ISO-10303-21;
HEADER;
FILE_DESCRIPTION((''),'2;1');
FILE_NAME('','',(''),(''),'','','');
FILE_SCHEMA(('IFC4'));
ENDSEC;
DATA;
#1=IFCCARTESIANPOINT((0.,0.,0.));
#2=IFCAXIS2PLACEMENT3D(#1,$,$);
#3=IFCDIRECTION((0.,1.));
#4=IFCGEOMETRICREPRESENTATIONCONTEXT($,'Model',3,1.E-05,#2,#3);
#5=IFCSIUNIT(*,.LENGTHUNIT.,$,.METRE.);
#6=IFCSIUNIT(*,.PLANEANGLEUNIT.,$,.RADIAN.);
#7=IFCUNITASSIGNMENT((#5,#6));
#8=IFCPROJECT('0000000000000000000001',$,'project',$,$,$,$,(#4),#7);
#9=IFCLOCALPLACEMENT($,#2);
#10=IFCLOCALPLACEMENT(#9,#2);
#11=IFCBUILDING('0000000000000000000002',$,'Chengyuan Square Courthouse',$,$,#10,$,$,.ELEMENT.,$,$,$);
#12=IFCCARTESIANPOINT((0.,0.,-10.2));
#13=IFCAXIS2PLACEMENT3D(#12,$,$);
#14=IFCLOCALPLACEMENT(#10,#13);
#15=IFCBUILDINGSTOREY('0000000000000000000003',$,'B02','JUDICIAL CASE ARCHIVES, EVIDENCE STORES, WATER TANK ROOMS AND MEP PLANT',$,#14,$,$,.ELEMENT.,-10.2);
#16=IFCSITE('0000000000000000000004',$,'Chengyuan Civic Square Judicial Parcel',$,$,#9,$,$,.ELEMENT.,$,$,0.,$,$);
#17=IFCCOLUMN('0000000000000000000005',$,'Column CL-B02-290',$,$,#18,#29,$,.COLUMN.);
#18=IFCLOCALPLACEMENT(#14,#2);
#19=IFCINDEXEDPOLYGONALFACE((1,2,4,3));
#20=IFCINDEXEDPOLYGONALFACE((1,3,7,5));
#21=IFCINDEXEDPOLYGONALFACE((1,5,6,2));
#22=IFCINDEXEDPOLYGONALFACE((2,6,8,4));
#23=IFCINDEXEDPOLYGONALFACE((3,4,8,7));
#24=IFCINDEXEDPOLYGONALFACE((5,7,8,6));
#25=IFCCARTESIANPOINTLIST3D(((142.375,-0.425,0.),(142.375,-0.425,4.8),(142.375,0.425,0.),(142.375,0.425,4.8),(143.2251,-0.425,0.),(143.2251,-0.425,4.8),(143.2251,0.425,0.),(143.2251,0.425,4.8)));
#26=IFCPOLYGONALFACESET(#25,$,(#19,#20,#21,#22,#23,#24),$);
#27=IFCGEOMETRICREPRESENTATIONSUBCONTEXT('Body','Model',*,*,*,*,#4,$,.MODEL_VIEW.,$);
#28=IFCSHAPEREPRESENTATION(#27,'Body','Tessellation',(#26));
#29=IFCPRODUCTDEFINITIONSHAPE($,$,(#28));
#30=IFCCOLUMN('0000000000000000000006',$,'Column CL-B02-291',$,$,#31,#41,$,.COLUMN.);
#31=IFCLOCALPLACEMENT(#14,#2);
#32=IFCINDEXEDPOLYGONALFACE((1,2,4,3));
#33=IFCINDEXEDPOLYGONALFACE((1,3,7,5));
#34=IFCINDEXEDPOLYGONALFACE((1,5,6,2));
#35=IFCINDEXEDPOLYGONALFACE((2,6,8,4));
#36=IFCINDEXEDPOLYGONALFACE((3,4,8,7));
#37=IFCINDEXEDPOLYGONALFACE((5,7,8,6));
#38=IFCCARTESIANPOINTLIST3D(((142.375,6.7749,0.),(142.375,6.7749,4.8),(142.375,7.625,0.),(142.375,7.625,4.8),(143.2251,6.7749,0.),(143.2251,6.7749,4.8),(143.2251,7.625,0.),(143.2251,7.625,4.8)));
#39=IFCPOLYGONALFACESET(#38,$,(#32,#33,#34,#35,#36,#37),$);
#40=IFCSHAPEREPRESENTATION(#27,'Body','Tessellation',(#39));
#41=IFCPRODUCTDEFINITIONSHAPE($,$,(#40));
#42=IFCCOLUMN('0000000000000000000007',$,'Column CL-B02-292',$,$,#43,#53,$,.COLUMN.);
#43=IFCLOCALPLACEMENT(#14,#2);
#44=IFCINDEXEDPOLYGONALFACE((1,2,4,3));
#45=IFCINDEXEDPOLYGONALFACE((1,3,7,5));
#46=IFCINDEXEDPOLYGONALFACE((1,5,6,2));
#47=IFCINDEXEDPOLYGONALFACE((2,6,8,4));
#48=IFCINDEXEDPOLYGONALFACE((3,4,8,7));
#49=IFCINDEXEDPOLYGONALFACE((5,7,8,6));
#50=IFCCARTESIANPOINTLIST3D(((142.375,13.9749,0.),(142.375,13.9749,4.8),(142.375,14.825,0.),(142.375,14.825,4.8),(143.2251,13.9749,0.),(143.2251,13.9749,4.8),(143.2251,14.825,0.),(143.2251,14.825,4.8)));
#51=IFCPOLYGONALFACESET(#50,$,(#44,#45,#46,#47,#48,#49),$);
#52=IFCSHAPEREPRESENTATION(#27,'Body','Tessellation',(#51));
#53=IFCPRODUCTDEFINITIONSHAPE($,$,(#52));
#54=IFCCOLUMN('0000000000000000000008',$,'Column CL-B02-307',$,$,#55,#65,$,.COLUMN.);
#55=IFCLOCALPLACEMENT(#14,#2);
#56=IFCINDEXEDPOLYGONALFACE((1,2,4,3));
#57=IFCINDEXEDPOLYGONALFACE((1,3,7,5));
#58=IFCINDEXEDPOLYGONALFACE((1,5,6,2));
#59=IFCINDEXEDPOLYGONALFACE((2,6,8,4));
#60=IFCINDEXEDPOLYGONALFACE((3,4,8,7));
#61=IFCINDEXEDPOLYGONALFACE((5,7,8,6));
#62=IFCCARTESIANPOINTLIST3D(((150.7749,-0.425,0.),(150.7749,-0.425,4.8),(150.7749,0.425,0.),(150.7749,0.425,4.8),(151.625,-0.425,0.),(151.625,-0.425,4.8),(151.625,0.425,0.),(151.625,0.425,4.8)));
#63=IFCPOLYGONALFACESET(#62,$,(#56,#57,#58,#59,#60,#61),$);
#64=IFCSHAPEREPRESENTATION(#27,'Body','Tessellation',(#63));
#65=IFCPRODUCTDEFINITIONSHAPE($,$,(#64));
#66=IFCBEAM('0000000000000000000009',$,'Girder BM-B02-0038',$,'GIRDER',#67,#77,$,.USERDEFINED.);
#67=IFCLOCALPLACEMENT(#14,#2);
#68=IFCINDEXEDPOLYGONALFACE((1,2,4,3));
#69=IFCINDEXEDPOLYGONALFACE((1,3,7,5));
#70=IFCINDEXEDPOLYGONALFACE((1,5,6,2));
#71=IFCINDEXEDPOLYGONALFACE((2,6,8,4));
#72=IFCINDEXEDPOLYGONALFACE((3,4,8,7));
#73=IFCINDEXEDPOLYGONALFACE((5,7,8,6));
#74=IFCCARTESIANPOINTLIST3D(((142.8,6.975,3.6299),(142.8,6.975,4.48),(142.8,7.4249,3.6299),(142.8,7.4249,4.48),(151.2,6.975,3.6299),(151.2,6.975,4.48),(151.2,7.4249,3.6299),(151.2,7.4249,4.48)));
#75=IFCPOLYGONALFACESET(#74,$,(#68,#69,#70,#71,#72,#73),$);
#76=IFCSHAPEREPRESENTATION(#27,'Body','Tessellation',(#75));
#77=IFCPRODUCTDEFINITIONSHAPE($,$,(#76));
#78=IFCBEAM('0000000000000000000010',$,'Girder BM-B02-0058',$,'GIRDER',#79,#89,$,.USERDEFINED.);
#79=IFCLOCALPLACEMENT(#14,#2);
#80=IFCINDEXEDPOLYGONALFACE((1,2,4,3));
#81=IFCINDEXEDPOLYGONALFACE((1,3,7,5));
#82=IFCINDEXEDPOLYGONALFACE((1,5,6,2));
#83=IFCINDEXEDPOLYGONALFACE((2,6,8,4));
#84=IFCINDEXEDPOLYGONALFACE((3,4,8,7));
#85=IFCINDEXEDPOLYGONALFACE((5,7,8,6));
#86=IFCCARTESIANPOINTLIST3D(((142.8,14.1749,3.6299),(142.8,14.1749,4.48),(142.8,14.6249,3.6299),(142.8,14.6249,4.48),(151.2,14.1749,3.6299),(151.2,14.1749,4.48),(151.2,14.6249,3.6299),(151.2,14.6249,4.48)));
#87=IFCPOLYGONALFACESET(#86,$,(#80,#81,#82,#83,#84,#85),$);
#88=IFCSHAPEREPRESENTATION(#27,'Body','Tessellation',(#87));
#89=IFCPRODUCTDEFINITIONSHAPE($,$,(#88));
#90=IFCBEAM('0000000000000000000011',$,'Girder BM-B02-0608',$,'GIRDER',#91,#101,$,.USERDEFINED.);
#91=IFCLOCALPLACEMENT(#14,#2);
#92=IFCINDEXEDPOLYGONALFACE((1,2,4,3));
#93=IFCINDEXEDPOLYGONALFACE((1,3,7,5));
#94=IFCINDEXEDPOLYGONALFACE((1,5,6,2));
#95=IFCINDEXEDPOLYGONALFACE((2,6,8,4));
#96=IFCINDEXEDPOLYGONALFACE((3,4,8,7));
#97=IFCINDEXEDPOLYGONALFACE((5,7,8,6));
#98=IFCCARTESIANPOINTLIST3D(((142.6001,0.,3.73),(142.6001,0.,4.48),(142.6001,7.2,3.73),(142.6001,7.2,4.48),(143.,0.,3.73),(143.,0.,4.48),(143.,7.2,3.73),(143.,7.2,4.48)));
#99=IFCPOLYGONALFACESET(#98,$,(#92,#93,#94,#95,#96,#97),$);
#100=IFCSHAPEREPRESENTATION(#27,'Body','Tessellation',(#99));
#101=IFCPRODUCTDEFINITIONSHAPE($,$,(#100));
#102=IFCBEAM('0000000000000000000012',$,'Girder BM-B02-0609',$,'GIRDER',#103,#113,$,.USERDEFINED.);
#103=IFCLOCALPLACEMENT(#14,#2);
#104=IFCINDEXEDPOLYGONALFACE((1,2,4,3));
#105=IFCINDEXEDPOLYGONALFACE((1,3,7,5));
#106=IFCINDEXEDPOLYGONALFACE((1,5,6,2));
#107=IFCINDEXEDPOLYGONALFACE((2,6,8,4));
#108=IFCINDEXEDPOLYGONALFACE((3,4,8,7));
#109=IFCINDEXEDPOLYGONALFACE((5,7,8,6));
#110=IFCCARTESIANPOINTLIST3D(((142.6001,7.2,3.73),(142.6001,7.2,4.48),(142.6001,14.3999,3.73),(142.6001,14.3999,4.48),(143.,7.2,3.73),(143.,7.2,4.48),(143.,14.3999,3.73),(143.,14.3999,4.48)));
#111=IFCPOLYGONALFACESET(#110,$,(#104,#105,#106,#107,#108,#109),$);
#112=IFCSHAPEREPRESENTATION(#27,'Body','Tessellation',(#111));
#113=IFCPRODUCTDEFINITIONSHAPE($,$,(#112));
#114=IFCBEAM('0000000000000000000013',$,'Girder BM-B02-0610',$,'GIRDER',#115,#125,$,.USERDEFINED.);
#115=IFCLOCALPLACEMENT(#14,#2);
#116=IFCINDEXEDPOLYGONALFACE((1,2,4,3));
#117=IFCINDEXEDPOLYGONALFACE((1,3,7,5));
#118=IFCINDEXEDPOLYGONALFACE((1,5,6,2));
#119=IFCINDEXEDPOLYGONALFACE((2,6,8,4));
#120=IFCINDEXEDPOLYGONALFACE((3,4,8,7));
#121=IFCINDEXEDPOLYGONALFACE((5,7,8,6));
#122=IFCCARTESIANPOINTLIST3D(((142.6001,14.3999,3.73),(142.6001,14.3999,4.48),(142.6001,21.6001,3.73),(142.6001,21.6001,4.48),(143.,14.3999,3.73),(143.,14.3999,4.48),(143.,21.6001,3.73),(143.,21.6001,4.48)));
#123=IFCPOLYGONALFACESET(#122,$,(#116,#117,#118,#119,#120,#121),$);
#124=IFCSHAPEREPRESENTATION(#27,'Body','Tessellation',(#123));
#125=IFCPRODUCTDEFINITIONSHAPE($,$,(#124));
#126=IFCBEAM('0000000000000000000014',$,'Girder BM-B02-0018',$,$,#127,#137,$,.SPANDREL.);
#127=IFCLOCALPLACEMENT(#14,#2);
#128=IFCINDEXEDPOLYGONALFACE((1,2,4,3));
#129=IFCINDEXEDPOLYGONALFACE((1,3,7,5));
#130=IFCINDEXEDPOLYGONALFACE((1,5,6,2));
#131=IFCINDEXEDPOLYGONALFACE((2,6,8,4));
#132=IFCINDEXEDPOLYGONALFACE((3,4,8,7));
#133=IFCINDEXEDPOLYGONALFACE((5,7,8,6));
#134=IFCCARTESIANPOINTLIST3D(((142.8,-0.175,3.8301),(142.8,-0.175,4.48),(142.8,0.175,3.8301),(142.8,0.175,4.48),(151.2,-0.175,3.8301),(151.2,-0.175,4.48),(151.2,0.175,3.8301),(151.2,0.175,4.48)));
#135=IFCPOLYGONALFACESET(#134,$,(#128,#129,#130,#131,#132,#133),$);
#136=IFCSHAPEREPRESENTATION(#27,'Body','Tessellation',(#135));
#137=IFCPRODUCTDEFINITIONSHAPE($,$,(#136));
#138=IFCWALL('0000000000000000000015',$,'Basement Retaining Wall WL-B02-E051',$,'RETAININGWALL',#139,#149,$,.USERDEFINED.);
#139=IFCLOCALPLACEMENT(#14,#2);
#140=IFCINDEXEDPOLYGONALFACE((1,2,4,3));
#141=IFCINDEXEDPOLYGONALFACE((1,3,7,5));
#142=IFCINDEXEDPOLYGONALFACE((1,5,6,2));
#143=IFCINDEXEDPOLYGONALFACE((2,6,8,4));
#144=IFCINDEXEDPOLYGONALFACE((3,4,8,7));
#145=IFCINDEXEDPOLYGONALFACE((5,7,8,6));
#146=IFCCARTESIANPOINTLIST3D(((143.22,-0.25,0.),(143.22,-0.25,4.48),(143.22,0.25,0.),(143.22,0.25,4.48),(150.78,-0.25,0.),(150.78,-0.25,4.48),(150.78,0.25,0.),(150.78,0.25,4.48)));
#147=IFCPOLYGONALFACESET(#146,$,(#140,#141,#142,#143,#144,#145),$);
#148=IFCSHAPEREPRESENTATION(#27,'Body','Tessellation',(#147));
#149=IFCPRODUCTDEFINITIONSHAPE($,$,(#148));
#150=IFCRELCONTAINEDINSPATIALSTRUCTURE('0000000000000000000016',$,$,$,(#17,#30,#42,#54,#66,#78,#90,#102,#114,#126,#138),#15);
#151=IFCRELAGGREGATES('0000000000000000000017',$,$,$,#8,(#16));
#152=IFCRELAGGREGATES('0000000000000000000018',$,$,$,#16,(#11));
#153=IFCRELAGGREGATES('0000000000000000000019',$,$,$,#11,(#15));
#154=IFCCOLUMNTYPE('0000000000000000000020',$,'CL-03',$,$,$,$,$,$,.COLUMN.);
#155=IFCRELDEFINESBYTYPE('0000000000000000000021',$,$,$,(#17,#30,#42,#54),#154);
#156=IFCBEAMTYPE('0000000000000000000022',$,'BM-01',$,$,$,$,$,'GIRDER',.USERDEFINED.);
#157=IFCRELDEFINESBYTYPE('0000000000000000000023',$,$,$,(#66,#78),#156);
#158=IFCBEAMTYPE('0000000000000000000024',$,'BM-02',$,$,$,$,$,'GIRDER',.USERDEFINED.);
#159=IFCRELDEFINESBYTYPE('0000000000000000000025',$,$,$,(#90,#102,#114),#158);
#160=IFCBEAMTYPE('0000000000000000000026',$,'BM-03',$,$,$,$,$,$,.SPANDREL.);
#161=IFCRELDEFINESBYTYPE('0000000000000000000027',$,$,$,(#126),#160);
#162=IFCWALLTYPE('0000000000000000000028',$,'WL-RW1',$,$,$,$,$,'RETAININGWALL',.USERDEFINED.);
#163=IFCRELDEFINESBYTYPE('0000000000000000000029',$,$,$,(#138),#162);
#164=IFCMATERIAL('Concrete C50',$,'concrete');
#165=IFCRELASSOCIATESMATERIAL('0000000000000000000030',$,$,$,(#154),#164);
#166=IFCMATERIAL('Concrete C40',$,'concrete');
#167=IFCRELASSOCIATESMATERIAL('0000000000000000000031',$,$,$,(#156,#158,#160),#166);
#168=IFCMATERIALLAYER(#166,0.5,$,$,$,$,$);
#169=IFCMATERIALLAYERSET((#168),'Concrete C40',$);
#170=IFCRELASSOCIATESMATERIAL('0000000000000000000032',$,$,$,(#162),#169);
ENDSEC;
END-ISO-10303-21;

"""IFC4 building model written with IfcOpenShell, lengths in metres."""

from ifc_helpers import new_model, si_unit, direction, frame, frame_2d, origin, origin_2d, place, context, subcontext, project, spatial, rectangle, extrude, material, layer, layer_set, material_profile, profile_set, type_object, element, save


model = new_model("IFC4")

# Units and contexts
model_context = context("Model", 3, precision=1e-05, world=origin(), true_north=direction((0.0, 1.0)))
body_context = subcontext(model_context, "Body", "Model", "MODEL_VIEW")
ifc_project = project(units=[si_unit("LENGTHUNIT", "METRE"), si_unit("PLANEANGLEUNIT", "RADIAN")], contexts=[model_context])

# Site, building, storey
site_placement = place(None, origin())
site = spatial("IfcSite", under=ifc_project, at=site_placement, Name="Chengyuan Civic Square Judicial Parcel", CompositionType="ELEMENT", RefElevation=0.0)
building_placement = place(site_placement, origin())
building = spatial("IfcBuilding", under=site, at=building_placement, Name="Chengyuan Square Courthouse", CompositionType="ELEMENT")
storey_placement = place(building_placement, frame((0.0, 0.0, -10.2)))
storey = spatial("IfcBuildingStorey", under=building, at=storey_placement, Name="B02", Description="JUDICIAL CASE ARCHIVES, EVIDENCE STORES, WATER TANK ROOMS AND MEP PLANT", CompositionType="ELEMENT", Elevation=-10.2)

# Shared definitions
ifc_material_1 = material(Name="Concrete C40", Category="concrete")

# Columns
ifc_material_2 = material(Name="Concrete C50", Category="concrete")
ifc_material_profile_1 = material_profile(ifc_material_2, rectangle(XDim=0.8501, YDim=0.8501, at=origin_2d()), Name="RC-COL-850x850")
ifc_profile_set_1 = profile_set([ifc_material_profile_1], Name="Concrete C50")
column_type = type_object("IfcColumnType", Name="CL-03", PredefinedType="COLUMN", material=ifc_profile_set_1)
for number, where, z_axis, x_axis, name in (
    (1, (142.8, 0.0, 0.0), (0.0, 0.0, 1.0), (1.0, 0.0, 0.0), "Column CL-B02-290"),
    (2, (142.8, 7.2, 0.0), (0.0, 0.0, 1.0), (1.0, 0.0, 0.0), "Column CL-B02-291"),
    (3, (142.8, 14.3999, 0.0), (0.0, 0.0, 1.0), (1.0, 0.0, 0.0), "Column CL-B02-292"),
    (4, (151.2, 0.0, 0.0), (0.0, 0.0, 1.0), (1.0, 0.0, 0.0), "Column CL-B02-307"),
):
    element("IfcColumn", number, at=place(storey_placement, frame(where, z_axis=z_axis, x_axis=x_axis)), inside=storey, type_object=column_type, Name=name, PredefinedType="COLUMN", context=body_context, shape_type="SweptSolid", body=[
        extrude(rectangle(XDim=0.8501, YDim=0.8501, at=origin_2d()), origin(), (0.0, 0.0, 1.0), 4.8),
    ])

# Beams
ifc_material_profile_2 = material_profile(ifc_material_1, rectangle(XDim=0.45, YDim=0.8501, at=origin_2d()), Name="RC-BM-450x850")
ifc_profile_set_2 = profile_set([ifc_material_profile_2], Name="Concrete C40")
beam_type_1 = type_object("IfcBeamType", Name="BM-01", ElementType="GIRDER", PredefinedType="USERDEFINED", material=ifc_profile_set_2)
for number, where, z_axis, x_axis, name in (
    (5, (142.8, 7.2, 4.0549), (1.0, 0.0, 0.0), (0.0, 1.0, 0.0), "Girder BM-B02-0038"),
    (6, (142.8, 14.3999, 4.0549), (1.0, 0.0, 0.0), (0.0, 1.0, 0.0), "Girder BM-B02-0058"),
):
    element("IfcBeam", number, at=place(storey_placement, frame(where, z_axis=z_axis, x_axis=x_axis)), inside=storey, type_object=beam_type_1, Name=name, ObjectType="GIRDER", PredefinedType="USERDEFINED", context=body_context, shape_type="SweptSolid", body=[
        extrude(rectangle(XDim=0.45, YDim=0.8501, at=origin_2d()), origin(), (0.0, 0.0, 1.0), 8.3999),
    ])
ifc_material_profile_3 = material_profile(ifc_material_1, rectangle(XDim=0.3999, YDim=0.75, at=origin_2d()), Name="RC-BM-400x750")
ifc_profile_set_3 = profile_set([ifc_material_profile_3], Name="Concrete C40")
beam_type_2 = type_object("IfcBeamType", Name="BM-02", ElementType="GIRDER", PredefinedType="USERDEFINED", material=ifc_profile_set_3)
for number, where, z_axis, x_axis, name in (
    (7, (142.8, 0.0, 4.105), (0.0, 1.0, 0.0), (-1.0, 0.0, 0.0), "Girder BM-B02-0608"),
    (8, (142.8, 7.2, 4.105), (0.0, 1.0, 0.0), (-1.0, 0.0, 0.0), "Girder BM-B02-0609"),
):
    element("IfcBeam", number, at=place(storey_placement, frame(where, z_axis=z_axis, x_axis=x_axis)), inside=storey, type_object=beam_type_2, Name=name, ObjectType="GIRDER", PredefinedType="USERDEFINED", context=body_context, shape_type="SweptSolid", body=[
        extrude(rectangle(XDim=0.3999, YDim=0.75, at=origin_2d()), origin(), (0.0, 0.0, 1.0), 7.2),
    ])
beam_1_placement = place(storey_placement, frame((142.8, 14.3999, 4.105), z_axis=(0.0, 1.0, 0.0), x_axis=(-1.0, 0.0, 0.0)))
element("IfcBeam", 9, at=beam_1_placement, inside=storey, type_object=beam_type_2, Name="Girder BM-B02-0610", ObjectType="GIRDER", PredefinedType="USERDEFINED", context=body_context, shape_type="SweptSolid", body=[
    extrude(rectangle(XDim=0.3999, YDim=0.75, at=origin_2d()), origin(), (0.0, 0.0, 1.0), 7.2002),
])
ifc_material_profile_4 = material_profile(ifc_material_1, rectangle(XDim=0.3501, YDim=0.6499, at=origin_2d()), Name="RC-BM-350x650")
ifc_profile_set_4 = profile_set([ifc_material_profile_4], Name="Concrete C40")
beam_type_3 = type_object("IfcBeamType", Name="BM-03", PredefinedType="SPANDREL", material=ifc_profile_set_4)
beam_2_placement = place(storey_placement, frame((142.8, 0.0, 4.155), z_axis=(1.0, 0.0, 0.0), x_axis=(0.0, 1.0, 0.0)))
element("IfcBeam", 10, at=beam_2_placement, inside=storey, type_object=beam_type_3, Name="Girder BM-B02-0018", PredefinedType="SPANDREL", context=body_context, shape_type="SweptSolid", body=[
    extrude(rectangle(XDim=0.3501, YDim=0.6499, at=origin_2d()), origin(), (0.0, 0.0, 1.0), 8.3999),
])

# Wall
ifc_layer = layer(ifc_material_1, 0.5)
ifc_layer_set = layer_set([ifc_layer], Name="Concrete C40")
wall_type = type_object("IfcWallType", Name="WL-RW1", ElementType="RETAININGWALL", PredefinedType="USERDEFINED", material=ifc_layer_set)
wall_placement = place(storey_placement, frame((143.22, 0.0, 0.0), z_axis=(0.0, 0.0, 1.0), x_axis=(1.0, 0.0, 0.0)))
element("IfcWall", 11, at=wall_placement, inside=storey, type_object=wall_type, Name="Basement Retaining Wall WL-B02-E051", ObjectType="RETAININGWALL", PredefinedType="USERDEFINED", context=body_context, shape_type="SweptSolid", body=[
    extrude(rectangle(XDim=7.5601, YDim=0.5, at=frame_2d((3.78, 0.0))), origin(), (0.0, 0.0, 1.0), 4.48),
])

save(model, "model.ifc")
